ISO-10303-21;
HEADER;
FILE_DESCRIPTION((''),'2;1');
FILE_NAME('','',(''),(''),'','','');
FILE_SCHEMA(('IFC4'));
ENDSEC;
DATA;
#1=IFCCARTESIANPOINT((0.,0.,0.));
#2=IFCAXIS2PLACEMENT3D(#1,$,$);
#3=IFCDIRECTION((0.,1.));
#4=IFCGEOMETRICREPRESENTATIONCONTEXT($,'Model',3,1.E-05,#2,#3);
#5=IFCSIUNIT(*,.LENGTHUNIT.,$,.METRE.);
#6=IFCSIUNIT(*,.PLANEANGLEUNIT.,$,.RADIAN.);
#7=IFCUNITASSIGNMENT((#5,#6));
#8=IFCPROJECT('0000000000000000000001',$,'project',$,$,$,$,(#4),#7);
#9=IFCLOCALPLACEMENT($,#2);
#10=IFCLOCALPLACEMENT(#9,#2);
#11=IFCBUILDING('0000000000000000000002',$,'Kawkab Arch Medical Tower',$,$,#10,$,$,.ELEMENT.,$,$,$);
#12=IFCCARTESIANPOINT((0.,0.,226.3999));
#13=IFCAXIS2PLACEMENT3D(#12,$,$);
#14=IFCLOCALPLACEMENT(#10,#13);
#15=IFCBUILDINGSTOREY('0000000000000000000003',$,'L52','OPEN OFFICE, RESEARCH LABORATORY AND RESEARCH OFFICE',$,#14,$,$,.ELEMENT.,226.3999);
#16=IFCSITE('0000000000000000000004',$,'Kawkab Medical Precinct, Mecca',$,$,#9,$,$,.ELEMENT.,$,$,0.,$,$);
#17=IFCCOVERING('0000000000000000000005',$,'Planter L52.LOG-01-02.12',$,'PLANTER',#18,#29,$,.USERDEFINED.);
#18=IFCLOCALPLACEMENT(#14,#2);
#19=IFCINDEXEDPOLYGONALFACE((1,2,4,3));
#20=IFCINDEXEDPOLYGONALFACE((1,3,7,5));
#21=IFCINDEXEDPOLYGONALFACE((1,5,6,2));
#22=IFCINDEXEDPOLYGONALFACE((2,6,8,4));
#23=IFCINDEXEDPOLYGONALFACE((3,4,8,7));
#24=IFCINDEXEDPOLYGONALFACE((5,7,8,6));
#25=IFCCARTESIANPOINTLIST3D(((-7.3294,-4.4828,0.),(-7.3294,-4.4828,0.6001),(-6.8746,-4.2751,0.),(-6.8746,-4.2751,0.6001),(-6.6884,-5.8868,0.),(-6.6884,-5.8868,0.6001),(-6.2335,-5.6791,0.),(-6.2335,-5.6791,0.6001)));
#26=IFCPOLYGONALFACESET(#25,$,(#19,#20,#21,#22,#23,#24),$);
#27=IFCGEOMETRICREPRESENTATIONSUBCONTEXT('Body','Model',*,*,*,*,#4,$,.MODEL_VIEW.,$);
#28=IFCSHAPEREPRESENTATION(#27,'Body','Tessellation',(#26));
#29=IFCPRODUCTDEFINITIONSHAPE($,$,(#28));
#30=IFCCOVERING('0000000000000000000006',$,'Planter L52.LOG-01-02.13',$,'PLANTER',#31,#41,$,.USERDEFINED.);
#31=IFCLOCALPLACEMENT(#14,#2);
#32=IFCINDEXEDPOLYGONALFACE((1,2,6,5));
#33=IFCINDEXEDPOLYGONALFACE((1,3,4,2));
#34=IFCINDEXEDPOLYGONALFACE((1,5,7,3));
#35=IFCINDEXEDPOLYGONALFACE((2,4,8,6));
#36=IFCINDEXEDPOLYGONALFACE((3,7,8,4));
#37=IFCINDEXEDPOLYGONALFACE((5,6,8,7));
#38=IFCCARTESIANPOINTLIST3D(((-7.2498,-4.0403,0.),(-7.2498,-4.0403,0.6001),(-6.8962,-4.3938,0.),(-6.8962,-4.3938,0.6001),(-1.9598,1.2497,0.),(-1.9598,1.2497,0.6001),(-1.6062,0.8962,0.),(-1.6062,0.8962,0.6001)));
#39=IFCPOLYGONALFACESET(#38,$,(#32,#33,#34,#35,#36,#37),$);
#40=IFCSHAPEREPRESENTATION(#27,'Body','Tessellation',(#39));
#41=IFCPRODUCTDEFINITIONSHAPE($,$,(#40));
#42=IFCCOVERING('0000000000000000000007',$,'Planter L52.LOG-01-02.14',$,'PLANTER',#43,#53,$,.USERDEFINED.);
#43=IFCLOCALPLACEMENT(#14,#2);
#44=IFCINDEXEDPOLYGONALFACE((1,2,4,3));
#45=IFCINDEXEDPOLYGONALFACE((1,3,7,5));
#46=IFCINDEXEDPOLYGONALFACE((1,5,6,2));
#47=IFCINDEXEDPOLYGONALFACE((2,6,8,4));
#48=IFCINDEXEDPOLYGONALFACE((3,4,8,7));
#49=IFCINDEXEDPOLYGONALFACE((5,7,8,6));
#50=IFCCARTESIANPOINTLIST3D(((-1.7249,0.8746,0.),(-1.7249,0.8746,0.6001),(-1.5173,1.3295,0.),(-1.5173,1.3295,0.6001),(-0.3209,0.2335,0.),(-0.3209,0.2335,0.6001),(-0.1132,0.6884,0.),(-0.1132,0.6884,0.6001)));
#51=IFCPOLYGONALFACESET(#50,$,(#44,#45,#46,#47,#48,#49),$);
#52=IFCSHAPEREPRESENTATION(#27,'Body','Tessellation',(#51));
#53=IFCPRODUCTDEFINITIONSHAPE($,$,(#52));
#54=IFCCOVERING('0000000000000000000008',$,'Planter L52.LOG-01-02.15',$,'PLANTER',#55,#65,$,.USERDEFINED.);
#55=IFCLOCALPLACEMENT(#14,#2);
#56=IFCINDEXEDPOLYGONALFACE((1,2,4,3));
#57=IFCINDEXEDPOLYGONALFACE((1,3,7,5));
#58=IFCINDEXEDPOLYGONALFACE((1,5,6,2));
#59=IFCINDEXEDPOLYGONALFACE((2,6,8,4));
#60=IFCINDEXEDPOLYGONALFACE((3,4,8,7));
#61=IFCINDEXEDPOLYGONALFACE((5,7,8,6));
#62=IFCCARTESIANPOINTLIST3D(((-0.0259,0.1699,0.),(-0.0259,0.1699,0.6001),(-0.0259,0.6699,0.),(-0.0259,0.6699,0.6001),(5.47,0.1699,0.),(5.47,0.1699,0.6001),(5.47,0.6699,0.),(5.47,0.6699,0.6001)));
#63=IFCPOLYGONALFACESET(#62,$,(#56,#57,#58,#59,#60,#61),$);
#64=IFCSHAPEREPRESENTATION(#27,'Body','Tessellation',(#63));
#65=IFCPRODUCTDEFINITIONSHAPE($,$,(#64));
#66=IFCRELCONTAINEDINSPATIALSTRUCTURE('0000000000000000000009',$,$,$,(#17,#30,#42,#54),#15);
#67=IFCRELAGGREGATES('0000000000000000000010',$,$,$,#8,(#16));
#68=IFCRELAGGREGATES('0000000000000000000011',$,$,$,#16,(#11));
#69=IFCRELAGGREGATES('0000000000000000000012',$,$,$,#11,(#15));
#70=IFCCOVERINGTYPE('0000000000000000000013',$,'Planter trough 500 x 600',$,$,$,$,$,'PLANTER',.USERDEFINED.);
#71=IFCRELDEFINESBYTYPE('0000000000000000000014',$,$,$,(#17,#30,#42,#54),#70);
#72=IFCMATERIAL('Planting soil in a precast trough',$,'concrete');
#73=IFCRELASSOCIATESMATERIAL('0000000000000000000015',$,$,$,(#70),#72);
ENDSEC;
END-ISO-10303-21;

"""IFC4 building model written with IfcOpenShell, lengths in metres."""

from ifc_helpers import new_model, si_unit, direction, frame, origin, origin_2d, place, context, subcontext, project, spatial, rectangle, extrude, material, material_profile, profile_set, type_object, element, save


model = new_model("IFC4")

# Units and contexts
model_context = context("Model", 3, precision=1e-05, world=origin(), true_north=direction((0.0, 1.0)))
body_context = subcontext(model_context, "Body", "Model", "MODEL_VIEW")
ifc_project = project(units=[si_unit("LENGTHUNIT", "METRE"), si_unit("PLANEANGLEUNIT", "RADIAN")], contexts=[model_context])

# Site, building, storey
site_placement = place(None, origin())
site = spatial("IfcSite", under=ifc_project, at=site_placement, Name="Kawkab Medical Precinct, Mecca", CompositionType="ELEMENT", RefElevation=0.0)
building_placement = place(site_placement, origin())
building = spatial("IfcBuilding", under=site, at=building_placement, Name="Kawkab Arch Medical Tower", CompositionType="ELEMENT")
storey_placement = place(building_placement, frame((0.0, 0.0, 226.3999)))
storey = spatial("IfcBuildingStorey", under=building, at=storey_placement, Name="L52", Description="OPEN OFFICE, RESEARCH LABORATORY AND RESEARCH OFFICE", CompositionType="ELEMENT", Elevation=226.3999)

# Coverings
ifc_material_1 = material(Name="Planting soil in a precast trough", Category="concrete")
ifc_material_profile_1 = material_profile(ifc_material_1, rectangle(XDim=0.5, YDim=0.6001, at=origin_2d()), Name="Trough 500x600")
ifc_profile_set_1 = profile_set([ifc_material_profile_1], Name="Planting soil in a precast trough")
covering_type_1 = type_object("IfcCoveringType", Name="Planter trough 500 x 600", ElementType="PLANTER", PredefinedType="USERDEFINED", material=ifc_profile_set_1)
covering_1_placement = place(storey_placement, frame((-6.4609, -5.783, 0.3), z_axis=(-0.415363, 0.909656, 0.0), x_axis=(-0.909656, -0.415363, 0.0)))
element("IfcCovering", 1, at=covering_1_placement, inside=storey, type_object=covering_type_1, Name="Planter L52.LOG-01-02.12", ObjectType="PLANTER", PredefinedType="USERDEFINED", context=body_context, shape_type="SweptSolid", body=[
    extrude(rectangle(XDim=0.5, YDim=0.6001, at=origin_2d()), origin(), (0.0, 0.0, 1.0), 1.5435),
])
covering_2_placement = place(storey_placement, frame((-7.073, -4.217, 0.3), z_axis=(0.707107, 0.707107, 0.0), x_axis=(-0.707107, 0.707107, 0.0)))
element("IfcCovering", 2, at=covering_2_placement, inside=storey, type_object=covering_type_1, Name="Planter L52.LOG-01-02.13", ObjectType="PLANTER", PredefinedType="USERDEFINED", context=body_context, shape_type="SweptSolid", body=[
    extrude(rectangle(XDim=0.5, YDim=0.6001, at=origin_2d()), origin(), (0.0, 0.0, 1.0), 7.4812),
])
covering_3_placement = place(storey_placement, frame((-1.6211, 1.1021, 0.3), z_axis=(0.909656, -0.415363, 0.0), x_axis=(0.415363, 0.909656, 0.0)))
element("IfcCovering", 3, at=covering_3_placement, inside=storey, type_object=covering_type_1, Name="Planter L52.LOG-01-02.14", ObjectType="PLANTER", PredefinedType="USERDEFINED", context=body_context, shape_type="SweptSolid", body=[
    extrude(rectangle(XDim=0.5, YDim=0.6001, at=origin_2d()), origin(), (0.0, 0.0, 1.0), 1.5435),
])
covering_4_placement = place(storey_placement, frame((-0.0259, 0.4199, 0.3), z_axis=(1.0, 0.0, 0.0), x_axis=(0.0, 1.0, 0.0)))
element("IfcCovering", 4, at=covering_4_placement, inside=storey, type_object=covering_type_1, Name="Planter L52.LOG-01-02.15", ObjectType="PLANTER", PredefinedType="USERDEFINED", context=body_context, shape_type="SweptSolid", body=[
    extrude(rectangle(XDim=0.5, YDim=0.6001, at=origin_2d()), origin(), (0.0, 0.0, 1.0), 5.4958),
])

save(model, "model.ifc")
